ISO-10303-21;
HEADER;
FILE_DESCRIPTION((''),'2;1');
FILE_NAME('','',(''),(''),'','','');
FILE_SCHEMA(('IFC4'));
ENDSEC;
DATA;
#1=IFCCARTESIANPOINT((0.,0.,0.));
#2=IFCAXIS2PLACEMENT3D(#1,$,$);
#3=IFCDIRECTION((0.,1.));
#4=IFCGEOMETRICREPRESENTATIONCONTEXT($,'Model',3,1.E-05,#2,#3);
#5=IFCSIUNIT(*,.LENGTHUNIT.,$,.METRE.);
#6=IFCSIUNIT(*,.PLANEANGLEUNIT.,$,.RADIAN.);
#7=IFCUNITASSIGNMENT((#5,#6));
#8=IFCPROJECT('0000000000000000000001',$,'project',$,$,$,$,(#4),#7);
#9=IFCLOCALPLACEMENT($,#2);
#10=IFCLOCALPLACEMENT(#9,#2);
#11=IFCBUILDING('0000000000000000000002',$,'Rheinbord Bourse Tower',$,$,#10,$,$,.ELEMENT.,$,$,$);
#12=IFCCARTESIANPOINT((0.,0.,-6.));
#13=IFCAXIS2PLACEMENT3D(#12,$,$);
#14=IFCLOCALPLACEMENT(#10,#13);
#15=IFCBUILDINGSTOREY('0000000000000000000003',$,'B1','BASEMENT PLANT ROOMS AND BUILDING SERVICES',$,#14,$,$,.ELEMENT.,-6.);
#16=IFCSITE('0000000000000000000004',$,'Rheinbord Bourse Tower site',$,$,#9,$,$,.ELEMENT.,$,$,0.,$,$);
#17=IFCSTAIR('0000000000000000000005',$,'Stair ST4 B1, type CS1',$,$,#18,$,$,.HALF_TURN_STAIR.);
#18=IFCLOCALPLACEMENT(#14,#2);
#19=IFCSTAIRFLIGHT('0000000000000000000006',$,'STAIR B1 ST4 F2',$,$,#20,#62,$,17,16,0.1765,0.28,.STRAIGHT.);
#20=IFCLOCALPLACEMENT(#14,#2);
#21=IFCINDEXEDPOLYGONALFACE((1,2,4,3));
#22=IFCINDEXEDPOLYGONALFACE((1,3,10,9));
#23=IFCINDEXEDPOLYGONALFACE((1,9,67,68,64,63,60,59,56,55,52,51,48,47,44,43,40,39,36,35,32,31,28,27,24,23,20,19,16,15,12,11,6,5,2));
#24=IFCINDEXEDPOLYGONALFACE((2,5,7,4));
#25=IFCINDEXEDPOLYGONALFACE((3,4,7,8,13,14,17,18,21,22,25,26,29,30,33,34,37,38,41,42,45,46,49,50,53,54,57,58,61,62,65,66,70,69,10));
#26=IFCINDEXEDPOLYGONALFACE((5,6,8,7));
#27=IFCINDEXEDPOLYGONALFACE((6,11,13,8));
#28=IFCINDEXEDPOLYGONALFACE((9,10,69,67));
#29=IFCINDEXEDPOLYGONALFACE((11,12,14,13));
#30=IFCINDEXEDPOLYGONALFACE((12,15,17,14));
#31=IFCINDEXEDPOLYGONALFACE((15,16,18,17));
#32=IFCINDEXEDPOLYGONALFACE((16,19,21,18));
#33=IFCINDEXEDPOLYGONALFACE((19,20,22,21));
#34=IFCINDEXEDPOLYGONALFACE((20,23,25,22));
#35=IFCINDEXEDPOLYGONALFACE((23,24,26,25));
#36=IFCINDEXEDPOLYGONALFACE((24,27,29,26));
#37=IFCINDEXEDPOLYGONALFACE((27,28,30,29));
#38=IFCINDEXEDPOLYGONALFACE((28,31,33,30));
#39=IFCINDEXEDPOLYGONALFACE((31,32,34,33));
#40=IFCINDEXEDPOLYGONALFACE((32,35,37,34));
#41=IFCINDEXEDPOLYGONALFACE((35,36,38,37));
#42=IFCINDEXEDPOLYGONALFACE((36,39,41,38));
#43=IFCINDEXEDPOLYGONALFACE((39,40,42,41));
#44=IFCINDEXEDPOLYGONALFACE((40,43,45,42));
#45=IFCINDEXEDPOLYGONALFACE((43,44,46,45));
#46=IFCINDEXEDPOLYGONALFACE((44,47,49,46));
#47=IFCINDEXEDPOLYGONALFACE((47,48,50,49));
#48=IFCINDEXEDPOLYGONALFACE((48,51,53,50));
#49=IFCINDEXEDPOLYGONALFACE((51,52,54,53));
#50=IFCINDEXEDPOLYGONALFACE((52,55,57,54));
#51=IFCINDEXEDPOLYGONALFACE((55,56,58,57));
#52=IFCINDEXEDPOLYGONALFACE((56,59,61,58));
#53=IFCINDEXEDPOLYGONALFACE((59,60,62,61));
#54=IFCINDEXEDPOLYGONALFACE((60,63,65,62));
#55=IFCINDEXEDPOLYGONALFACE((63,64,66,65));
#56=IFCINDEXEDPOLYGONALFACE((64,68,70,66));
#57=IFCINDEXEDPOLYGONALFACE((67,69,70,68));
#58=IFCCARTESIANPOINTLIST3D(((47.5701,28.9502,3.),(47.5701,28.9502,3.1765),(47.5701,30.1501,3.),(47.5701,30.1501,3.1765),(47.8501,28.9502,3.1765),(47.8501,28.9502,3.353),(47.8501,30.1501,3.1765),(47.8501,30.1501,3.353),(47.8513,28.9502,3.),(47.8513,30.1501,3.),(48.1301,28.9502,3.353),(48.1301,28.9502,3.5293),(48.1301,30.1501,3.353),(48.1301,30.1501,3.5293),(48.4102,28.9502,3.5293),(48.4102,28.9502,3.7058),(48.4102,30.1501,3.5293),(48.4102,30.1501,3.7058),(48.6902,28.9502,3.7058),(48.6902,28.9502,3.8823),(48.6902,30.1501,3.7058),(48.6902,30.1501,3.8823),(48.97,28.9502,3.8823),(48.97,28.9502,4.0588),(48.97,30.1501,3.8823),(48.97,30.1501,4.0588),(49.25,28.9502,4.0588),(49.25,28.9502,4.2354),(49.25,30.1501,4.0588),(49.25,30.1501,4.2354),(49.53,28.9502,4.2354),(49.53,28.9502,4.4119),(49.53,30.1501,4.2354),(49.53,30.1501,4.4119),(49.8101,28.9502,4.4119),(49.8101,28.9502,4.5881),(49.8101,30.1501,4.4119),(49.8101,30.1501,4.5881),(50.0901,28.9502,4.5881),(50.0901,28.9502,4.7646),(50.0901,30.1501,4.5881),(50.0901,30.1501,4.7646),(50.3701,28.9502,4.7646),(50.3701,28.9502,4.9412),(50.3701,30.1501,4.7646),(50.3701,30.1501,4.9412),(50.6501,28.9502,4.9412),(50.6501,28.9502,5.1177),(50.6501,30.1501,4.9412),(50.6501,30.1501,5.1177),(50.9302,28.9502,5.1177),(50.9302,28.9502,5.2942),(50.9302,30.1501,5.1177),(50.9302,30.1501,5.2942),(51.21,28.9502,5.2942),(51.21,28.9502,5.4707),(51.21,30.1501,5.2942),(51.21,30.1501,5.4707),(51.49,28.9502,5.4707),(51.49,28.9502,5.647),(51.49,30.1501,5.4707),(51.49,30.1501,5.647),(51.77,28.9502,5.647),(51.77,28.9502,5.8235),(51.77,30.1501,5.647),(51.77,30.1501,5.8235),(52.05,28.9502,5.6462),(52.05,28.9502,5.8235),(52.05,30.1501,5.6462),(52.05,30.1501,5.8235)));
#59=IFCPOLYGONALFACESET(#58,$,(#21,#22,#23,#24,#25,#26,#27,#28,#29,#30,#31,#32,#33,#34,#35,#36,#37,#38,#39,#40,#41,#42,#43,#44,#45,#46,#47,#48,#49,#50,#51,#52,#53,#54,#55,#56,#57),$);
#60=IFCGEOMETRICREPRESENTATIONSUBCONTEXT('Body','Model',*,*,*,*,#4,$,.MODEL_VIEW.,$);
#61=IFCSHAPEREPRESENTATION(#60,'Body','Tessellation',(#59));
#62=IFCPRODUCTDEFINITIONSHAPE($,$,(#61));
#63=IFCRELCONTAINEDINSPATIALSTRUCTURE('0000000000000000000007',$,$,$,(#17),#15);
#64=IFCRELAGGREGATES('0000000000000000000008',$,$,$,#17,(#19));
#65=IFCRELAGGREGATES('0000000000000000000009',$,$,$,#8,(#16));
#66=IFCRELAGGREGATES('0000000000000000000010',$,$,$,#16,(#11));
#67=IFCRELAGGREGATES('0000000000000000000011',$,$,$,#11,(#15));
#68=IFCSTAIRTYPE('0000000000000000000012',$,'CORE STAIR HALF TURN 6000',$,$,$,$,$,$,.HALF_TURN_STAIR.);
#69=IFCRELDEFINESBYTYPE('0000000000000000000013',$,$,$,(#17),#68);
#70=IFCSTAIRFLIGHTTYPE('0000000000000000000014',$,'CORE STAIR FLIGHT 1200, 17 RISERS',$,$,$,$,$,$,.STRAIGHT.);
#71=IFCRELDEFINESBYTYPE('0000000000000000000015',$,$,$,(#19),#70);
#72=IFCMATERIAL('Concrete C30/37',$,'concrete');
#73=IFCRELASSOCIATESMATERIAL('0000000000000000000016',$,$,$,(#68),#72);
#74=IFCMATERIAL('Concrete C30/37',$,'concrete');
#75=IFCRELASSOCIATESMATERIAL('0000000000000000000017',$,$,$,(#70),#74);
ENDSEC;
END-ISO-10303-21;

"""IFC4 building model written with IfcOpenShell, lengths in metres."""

from ifc_helpers import new_model, si_unit, direction, frame, origin, place, context, subcontext, project, spatial, polyline, outline, extrude, material, type_object, element, aggregate, save


model = new_model("IFC4")

# Units and contexts
model_context = context("Model", 3, precision=1e-05, world=origin(), true_north=direction((0.0, 1.0)))
body_context = subcontext(model_context, "Body", "Model", "MODEL_VIEW")
ifc_project = project(units=[si_unit("LENGTHUNIT", "METRE"), si_unit("PLANEANGLEUNIT", "RADIAN")], contexts=[model_context])

# Site, building, storey
site_placement = place(None, origin())
site = spatial("IfcSite", under=ifc_project, at=site_placement, Name="Rheinbord Bourse Tower site", CompositionType="ELEMENT", RefElevation=0.0)
building_placement = place(site_placement, origin())
building = spatial("IfcBuilding", under=site, at=building_placement, Name="Rheinbord Bourse Tower", CompositionType="ELEMENT")
storey_placement = place(building_placement, frame((0.0, 0.0, -6.0)))
storey = spatial("IfcBuildingStorey", under=building, at=storey_placement, Name="B1", Description="BASEMENT PLANT ROOMS AND BUILDING SERVICES", CompositionType="ELEMENT", Elevation=-6.0)

# Stair, stair flight
ifc_material_1 = material(Name="Concrete C30/37", Category="concrete")
stair_type = type_object("IfcStairType", Name="CORE STAIR HALF TURN 6000", PredefinedType="HALF_TURN_STAIR", material=ifc_material_1)
stair_placement = place(storey_placement, origin())
stair = element("IfcStair", 1, at=stair_placement, inside=storey, type_object=stair_type, Name="Stair ST4 B1, type CS1", PredefinedType="HALF_TURN_STAIR")
ifc_material_2 = material(Name="Concrete C30/37", Category="concrete")
stair_flight_type = type_object("IfcStairFlightType", Name="CORE STAIR FLIGHT 1200, 17 RISERS", PredefinedType="STRAIGHT", material=ifc_material_2)
stair_flight_placement = place(storey_placement, frame((47.5701, 29.55, 3.0), z_axis=(0.0, 0.0, 1.0), x_axis=(1.0, 0.0, 0.0)))
stair_flight = element("IfcStairFlight", 2, at=stair_flight_placement, type_object=stair_flight_type, Name="STAIR B1 ST4 F2", NumberOfRisers=17, NumberOfTreads=16, PredefinedType="STRAIGHT", RiserHeight=0.1765, TreadLength=0.28, context=body_context, shape_type="SweptSolid", body=[
    extrude(outline(polyline([(0.0, 0.0), (0.0, 0.1765), (0.28, 0.1765), (0.28, 0.353), (0.5601, 0.353), (0.5601, 0.5293), (0.8401, 0.5293), (0.8401, 0.7058), (1.1201, 0.7058), (1.1201, 0.8823), (1.3999, 0.8823), (1.3999, 1.0588), (1.6799, 1.0588), (1.6799, 1.2354), (1.96, 1.2354), (1.96, 1.4119), (2.24, 1.4119), (2.24, 1.5881), (2.52, 1.5881), (2.52, 1.7646), (2.8, 1.7646), (2.8, 1.9412), (3.0801, 1.9412), (3.0801, 2.1177), (3.3601, 2.1177), (3.3601, 2.2942), (3.6399, 2.2942), (3.6399, 2.4707), (3.9199, 2.4707), (3.9199, 2.647), (4.2, 2.647), (4.2, 2.8235), (4.48, 2.8235), (4.48, 3.0), (4.48, 2.6462), (0.2812, 0.0), (0.0, 0.0)])), frame((0.0, 0.6001, 0.0), z_axis=(0.0, -1.0, 0.0), x_axis=(1.0, 0.0, 0.0)), (0.0, 0.0, 1.0), 1.2),
])
aggregate(stair, [stair_flight])

save(model, "model.ifc")
